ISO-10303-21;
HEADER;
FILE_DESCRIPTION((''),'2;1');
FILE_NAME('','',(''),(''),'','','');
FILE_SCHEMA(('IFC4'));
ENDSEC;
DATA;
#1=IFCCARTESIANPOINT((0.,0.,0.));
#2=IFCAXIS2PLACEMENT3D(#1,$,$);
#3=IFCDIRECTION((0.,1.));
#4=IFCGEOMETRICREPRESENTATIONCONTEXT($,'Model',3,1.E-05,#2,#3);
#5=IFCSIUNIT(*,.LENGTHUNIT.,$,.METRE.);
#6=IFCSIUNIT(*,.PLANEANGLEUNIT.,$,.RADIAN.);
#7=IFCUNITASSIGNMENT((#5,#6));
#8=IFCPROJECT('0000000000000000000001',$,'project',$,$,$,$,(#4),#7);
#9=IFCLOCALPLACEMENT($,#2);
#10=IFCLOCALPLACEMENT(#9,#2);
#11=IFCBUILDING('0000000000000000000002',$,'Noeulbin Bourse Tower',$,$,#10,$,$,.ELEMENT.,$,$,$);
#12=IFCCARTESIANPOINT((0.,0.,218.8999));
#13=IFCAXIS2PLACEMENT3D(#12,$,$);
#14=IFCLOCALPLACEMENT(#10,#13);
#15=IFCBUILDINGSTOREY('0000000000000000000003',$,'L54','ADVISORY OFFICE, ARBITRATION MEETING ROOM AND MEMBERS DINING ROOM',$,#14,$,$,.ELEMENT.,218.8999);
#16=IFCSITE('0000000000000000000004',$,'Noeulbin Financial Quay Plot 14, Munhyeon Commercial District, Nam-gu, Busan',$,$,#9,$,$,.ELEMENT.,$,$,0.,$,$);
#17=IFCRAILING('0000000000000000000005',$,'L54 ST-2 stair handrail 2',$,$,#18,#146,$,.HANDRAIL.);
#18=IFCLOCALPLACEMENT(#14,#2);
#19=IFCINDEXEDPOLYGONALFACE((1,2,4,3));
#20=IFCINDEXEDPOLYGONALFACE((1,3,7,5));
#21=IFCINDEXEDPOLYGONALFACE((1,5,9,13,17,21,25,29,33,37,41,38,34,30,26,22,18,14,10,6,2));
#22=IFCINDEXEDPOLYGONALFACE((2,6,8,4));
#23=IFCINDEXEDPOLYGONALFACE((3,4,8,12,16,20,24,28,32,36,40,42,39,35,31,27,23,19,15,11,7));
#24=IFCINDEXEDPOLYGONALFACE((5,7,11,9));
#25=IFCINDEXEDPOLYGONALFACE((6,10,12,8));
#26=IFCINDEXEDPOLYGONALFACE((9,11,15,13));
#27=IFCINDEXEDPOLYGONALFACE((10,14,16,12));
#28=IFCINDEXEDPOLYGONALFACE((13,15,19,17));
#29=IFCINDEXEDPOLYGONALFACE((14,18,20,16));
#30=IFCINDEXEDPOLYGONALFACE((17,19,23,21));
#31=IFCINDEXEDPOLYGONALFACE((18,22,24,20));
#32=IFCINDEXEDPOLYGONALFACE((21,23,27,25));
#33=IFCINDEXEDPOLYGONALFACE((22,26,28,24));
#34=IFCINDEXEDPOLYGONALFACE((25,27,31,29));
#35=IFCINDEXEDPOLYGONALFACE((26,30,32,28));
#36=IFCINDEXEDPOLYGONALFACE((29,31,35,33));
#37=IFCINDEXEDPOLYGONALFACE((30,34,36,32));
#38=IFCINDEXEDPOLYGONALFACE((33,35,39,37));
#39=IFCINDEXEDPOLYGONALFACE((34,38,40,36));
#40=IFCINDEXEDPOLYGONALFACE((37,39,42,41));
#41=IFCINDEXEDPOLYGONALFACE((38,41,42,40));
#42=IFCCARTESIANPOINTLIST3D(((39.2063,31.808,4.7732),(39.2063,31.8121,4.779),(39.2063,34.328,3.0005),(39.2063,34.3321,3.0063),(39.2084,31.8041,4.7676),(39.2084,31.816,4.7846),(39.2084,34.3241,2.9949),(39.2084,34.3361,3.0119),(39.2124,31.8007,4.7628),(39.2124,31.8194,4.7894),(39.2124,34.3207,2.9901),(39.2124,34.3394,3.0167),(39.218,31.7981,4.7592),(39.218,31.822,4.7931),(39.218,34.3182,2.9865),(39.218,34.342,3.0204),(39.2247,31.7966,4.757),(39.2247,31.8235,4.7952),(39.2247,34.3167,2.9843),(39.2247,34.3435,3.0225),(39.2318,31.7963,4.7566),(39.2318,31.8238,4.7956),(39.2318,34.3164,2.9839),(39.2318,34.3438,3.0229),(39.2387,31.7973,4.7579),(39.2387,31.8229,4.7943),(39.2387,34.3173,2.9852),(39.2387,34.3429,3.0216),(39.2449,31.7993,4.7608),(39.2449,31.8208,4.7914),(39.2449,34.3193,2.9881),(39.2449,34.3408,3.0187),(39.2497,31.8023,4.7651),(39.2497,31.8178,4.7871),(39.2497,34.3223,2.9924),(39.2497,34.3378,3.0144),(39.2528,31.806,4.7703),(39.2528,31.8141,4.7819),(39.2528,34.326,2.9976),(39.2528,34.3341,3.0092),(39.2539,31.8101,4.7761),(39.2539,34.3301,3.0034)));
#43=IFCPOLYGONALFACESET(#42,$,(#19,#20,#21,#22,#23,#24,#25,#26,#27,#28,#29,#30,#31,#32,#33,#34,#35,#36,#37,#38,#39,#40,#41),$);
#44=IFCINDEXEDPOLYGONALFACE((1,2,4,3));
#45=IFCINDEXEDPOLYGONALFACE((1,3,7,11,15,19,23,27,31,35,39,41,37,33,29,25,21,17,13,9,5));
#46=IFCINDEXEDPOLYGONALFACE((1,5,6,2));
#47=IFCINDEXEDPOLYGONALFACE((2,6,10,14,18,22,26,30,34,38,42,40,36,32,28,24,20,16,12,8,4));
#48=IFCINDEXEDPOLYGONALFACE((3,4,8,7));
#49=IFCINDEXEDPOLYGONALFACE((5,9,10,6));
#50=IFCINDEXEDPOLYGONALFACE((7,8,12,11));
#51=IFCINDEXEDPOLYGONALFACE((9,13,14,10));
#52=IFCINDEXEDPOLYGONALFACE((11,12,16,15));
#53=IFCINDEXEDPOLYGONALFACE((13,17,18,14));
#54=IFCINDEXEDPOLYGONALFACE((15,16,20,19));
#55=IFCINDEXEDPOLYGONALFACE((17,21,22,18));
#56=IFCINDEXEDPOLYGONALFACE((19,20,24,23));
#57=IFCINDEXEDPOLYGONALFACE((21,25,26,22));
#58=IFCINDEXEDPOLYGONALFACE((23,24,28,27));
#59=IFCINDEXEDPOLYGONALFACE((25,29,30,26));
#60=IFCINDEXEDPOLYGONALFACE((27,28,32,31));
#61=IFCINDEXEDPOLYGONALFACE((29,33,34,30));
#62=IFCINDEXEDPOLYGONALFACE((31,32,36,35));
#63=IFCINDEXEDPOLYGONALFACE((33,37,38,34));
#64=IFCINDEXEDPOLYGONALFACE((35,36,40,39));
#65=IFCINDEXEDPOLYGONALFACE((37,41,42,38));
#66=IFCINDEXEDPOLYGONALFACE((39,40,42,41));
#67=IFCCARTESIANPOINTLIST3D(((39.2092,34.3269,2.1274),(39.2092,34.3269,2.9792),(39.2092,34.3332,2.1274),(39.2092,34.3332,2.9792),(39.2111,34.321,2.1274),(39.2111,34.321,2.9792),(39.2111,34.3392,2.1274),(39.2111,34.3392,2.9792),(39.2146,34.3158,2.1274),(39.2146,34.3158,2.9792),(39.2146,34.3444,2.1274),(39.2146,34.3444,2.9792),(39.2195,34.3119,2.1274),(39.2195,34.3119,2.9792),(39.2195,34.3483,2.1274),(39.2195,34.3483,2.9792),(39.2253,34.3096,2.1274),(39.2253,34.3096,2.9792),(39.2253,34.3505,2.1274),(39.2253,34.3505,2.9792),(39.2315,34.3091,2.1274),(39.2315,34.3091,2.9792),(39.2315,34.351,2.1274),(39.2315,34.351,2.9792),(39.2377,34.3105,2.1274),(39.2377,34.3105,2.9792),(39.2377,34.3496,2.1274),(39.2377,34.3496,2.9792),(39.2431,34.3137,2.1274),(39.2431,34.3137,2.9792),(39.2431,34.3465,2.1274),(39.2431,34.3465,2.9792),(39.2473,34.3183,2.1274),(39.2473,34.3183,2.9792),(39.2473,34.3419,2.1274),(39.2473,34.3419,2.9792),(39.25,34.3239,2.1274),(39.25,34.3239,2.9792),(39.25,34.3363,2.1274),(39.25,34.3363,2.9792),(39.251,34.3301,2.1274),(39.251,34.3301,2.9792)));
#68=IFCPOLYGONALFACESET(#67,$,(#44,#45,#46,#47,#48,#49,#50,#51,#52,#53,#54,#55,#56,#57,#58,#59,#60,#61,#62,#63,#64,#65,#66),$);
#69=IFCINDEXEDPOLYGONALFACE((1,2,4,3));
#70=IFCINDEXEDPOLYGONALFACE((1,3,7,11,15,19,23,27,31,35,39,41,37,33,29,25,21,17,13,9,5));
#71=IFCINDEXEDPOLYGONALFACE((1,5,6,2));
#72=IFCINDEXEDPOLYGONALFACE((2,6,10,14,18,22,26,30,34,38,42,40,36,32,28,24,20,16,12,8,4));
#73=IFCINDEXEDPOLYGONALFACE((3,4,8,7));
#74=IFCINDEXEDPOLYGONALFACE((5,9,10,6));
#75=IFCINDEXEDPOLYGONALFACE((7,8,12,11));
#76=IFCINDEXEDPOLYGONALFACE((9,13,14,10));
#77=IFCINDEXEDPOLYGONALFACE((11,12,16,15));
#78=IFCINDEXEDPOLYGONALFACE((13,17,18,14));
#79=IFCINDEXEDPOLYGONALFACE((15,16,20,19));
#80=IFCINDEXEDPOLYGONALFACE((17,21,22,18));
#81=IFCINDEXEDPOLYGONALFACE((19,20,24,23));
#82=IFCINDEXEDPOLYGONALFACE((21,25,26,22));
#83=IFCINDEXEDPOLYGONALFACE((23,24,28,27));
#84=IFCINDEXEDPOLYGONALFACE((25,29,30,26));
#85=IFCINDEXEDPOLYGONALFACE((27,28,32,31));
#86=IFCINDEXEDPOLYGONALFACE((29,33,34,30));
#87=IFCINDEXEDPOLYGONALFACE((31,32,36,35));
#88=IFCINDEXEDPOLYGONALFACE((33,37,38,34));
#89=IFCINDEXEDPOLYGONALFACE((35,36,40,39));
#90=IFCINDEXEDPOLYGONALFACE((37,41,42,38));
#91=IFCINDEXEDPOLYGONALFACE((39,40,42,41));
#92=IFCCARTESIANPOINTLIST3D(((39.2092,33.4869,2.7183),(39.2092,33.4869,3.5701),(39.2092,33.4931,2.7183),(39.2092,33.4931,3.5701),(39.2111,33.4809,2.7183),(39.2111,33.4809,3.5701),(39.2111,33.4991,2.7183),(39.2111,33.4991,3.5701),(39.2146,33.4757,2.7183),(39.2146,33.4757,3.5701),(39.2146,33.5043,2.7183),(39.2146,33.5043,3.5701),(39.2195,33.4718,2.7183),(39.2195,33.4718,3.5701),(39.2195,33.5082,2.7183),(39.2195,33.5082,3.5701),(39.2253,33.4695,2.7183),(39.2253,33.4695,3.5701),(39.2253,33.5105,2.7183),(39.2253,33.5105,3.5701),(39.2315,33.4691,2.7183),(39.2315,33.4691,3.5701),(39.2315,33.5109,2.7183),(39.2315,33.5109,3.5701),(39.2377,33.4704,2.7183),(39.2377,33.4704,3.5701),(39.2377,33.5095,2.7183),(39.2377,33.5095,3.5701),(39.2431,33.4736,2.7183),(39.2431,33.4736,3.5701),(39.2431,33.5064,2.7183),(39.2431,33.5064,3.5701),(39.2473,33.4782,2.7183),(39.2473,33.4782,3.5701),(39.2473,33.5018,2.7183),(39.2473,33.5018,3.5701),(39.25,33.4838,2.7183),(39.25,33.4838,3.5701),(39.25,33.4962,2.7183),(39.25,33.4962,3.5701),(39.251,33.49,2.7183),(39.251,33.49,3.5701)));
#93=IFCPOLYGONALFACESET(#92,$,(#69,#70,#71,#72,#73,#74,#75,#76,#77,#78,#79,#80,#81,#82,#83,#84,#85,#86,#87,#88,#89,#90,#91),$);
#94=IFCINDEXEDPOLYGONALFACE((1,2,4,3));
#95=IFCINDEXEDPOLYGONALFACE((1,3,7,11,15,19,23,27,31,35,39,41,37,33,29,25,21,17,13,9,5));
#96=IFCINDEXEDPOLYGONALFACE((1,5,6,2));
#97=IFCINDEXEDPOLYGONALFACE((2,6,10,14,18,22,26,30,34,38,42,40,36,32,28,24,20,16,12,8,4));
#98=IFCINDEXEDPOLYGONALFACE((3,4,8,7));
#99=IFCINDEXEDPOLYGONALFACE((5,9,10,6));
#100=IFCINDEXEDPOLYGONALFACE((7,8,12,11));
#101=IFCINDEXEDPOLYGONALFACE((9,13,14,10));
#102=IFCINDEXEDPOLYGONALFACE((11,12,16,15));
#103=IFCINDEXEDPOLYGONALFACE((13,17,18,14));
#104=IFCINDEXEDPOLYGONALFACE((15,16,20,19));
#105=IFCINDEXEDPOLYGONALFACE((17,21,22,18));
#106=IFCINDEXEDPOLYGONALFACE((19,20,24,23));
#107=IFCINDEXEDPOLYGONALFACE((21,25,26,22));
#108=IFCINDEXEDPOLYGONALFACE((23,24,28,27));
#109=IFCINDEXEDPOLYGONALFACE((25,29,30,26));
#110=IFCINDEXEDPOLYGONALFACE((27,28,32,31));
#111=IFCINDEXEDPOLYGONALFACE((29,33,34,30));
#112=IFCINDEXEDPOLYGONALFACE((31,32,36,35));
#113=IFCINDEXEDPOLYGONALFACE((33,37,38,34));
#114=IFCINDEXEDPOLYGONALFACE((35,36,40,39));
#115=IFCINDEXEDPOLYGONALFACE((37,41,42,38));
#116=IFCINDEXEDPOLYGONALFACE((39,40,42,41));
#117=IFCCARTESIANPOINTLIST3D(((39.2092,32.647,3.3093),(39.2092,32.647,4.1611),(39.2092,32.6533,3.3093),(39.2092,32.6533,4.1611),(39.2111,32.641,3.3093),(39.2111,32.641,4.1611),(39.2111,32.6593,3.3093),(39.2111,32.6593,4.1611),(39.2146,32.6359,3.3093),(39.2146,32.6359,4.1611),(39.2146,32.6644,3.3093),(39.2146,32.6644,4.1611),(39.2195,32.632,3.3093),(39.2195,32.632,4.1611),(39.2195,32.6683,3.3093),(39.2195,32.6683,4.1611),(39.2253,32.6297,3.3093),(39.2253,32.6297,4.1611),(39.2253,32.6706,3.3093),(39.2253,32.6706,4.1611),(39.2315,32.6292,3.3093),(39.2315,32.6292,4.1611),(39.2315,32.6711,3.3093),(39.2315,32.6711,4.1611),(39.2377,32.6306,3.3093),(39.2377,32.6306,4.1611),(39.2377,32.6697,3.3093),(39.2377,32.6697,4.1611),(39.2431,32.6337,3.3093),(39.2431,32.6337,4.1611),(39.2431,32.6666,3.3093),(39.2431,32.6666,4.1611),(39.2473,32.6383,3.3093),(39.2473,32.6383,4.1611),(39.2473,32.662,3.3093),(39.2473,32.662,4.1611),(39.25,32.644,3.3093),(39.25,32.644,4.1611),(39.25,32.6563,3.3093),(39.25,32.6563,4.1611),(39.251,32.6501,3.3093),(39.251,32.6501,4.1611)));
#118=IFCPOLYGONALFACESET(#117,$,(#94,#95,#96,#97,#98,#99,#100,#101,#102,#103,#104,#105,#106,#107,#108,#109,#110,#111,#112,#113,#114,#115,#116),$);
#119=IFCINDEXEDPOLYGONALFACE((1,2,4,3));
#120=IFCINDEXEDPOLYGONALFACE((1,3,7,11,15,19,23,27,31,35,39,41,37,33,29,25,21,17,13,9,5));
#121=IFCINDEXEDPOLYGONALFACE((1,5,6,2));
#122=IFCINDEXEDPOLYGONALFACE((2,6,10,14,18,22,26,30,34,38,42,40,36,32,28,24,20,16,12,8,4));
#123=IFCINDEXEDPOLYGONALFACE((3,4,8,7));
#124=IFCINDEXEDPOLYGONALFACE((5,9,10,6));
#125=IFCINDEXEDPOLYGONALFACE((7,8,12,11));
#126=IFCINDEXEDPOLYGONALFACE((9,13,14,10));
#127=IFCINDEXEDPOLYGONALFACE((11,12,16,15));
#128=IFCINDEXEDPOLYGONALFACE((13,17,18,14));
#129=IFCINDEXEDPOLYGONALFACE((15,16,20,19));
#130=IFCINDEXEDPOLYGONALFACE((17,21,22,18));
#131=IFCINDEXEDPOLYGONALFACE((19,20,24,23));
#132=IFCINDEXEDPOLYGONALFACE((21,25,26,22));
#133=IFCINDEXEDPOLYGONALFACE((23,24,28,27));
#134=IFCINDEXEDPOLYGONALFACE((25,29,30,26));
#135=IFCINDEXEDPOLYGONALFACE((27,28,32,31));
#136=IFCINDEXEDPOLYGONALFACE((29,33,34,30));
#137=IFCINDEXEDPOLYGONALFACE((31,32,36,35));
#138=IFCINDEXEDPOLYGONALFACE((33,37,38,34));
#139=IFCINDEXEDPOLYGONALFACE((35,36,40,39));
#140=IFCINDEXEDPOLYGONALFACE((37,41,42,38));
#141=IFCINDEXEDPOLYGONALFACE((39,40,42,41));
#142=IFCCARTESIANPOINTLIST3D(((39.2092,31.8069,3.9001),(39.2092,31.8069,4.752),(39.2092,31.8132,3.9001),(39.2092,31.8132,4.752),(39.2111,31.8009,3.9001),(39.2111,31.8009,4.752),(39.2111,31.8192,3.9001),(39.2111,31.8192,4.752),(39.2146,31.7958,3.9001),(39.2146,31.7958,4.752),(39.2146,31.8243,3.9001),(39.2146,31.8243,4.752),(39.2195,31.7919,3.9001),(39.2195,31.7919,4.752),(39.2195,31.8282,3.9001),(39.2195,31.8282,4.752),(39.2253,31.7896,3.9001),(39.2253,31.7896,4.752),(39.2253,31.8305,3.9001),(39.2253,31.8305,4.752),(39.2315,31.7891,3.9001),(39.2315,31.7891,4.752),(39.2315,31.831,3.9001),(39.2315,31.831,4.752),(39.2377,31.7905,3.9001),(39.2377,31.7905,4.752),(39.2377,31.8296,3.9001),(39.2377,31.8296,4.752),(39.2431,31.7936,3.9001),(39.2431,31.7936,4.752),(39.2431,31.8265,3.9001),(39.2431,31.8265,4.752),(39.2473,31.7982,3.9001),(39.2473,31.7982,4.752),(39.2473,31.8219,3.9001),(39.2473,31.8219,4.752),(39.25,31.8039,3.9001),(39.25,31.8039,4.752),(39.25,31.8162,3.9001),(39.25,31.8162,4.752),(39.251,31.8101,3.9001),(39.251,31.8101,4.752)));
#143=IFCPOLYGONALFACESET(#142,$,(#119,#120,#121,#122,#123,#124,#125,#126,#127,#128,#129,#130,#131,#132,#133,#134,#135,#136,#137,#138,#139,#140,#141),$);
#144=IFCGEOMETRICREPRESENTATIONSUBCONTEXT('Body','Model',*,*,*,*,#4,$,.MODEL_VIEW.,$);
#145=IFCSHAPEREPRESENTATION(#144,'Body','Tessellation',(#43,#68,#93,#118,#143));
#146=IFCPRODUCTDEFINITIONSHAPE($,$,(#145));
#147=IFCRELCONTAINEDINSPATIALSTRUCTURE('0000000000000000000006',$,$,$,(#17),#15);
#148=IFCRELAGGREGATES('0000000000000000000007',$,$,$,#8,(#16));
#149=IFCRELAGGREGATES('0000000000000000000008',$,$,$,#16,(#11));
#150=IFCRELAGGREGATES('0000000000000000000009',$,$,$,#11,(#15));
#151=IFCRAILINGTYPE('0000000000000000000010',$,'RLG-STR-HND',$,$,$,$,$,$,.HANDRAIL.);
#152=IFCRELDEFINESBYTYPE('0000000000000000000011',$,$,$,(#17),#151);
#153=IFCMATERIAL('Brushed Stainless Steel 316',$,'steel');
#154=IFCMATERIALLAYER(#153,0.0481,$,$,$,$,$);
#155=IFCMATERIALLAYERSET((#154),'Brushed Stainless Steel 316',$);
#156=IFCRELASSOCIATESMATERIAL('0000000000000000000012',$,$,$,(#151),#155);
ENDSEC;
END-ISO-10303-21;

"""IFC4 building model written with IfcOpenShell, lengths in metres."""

from ifc_helpers import new_model, si_unit, direction, frame, origin, origin_2d, place, context, subcontext, project, spatial, circle, extrude, material, layer, layer_set, type_object, element, save


model = new_model("IFC4")

# Units and contexts
model_context = context("Model", 3, precision=1e-05, world=origin(), true_north=direction((0.0, 1.0)))
body_context = subcontext(model_context, "Body", "Model", "MODEL_VIEW")
ifc_project = project(units=[si_unit("LENGTHUNIT", "METRE"), si_unit("PLANEANGLEUNIT", "RADIAN")], contexts=[model_context])

# Site, building, storey
site_placement = place(None, origin())
site = spatial("IfcSite", under=ifc_project, at=site_placement, Name="Noeulbin Financial Quay Plot 14, Munhyeon Commercial District, Nam-gu, Busan", CompositionType="ELEMENT", RefElevation=0.0)
building_placement = place(site_placement, origin())
building = spatial("IfcBuilding", under=site, at=building_placement, Name="Noeulbin Bourse Tower", CompositionType="ELEMENT")
storey_placement = place(building_placement, frame((0.0, 0.0, 218.8999)))
storey = spatial("IfcBuildingStorey", under=building, at=storey_placement, Name="L54", Description="ADVISORY OFFICE, ARBITRATION MEETING ROOM AND MEMBERS DINING ROOM", CompositionType="ELEMENT", Elevation=218.8999)

# Shared definitions
ifc_material_1 = material(Name="Brushed Stainless Steel 316", Category="steel")

# Railing
ifc_layer_1 = layer(ifc_material_1, 0.0481)
ifc_layer_set_1 = layer_set([ifc_layer_1], Name="Brushed Stainless Steel 316")
railing_type_1 = type_object("IfcRailingType", Name="RLG-STR-HND", PredefinedType="HANDRAIL", material=ifc_layer_set_1)
railing_1_placement = place(storey_placement, frame((39.23, 34.3301, 2.1274)))
element("IfcRailing", 1, at=railing_1_placement, inside=storey, type_object=railing_type_1, Name="L54 ST-2 stair handrail 2", PredefinedType="HANDRAIL", context=body_context, shape_type="SweptSolid", body=[
    extrude(circle(Radius=0.0239, at=origin_2d()), frame((0.0, 0.0, 0.876), z_axis=(0.0, -0.817904, 0.575354), x_axis=(1.0, 0.0, 0.0)), (0.0, 0.0, 1.0), 3.0811),
    extrude(circle(Radius=0.021, at=origin_2d()), origin(), (0.0, 0.0, 1.0), 0.8518),
    extrude(circle(Radius=0.021, at=origin_2d()), frame((0.0, -0.8401, 0.5908)), (0.0, 0.0, 1.0), 0.8518),
    extrude(circle(Radius=0.021, at=origin_2d()), frame((0.0, -1.6799, 1.1819)), (0.0, 0.0, 1.0), 0.8518),
    extrude(circle(Radius=0.021, at=origin_2d()), frame((0.0, -2.52, 1.7727)), (0.0, 0.0, 1.0), 0.8518),
])

save(model, "model.ifc")
